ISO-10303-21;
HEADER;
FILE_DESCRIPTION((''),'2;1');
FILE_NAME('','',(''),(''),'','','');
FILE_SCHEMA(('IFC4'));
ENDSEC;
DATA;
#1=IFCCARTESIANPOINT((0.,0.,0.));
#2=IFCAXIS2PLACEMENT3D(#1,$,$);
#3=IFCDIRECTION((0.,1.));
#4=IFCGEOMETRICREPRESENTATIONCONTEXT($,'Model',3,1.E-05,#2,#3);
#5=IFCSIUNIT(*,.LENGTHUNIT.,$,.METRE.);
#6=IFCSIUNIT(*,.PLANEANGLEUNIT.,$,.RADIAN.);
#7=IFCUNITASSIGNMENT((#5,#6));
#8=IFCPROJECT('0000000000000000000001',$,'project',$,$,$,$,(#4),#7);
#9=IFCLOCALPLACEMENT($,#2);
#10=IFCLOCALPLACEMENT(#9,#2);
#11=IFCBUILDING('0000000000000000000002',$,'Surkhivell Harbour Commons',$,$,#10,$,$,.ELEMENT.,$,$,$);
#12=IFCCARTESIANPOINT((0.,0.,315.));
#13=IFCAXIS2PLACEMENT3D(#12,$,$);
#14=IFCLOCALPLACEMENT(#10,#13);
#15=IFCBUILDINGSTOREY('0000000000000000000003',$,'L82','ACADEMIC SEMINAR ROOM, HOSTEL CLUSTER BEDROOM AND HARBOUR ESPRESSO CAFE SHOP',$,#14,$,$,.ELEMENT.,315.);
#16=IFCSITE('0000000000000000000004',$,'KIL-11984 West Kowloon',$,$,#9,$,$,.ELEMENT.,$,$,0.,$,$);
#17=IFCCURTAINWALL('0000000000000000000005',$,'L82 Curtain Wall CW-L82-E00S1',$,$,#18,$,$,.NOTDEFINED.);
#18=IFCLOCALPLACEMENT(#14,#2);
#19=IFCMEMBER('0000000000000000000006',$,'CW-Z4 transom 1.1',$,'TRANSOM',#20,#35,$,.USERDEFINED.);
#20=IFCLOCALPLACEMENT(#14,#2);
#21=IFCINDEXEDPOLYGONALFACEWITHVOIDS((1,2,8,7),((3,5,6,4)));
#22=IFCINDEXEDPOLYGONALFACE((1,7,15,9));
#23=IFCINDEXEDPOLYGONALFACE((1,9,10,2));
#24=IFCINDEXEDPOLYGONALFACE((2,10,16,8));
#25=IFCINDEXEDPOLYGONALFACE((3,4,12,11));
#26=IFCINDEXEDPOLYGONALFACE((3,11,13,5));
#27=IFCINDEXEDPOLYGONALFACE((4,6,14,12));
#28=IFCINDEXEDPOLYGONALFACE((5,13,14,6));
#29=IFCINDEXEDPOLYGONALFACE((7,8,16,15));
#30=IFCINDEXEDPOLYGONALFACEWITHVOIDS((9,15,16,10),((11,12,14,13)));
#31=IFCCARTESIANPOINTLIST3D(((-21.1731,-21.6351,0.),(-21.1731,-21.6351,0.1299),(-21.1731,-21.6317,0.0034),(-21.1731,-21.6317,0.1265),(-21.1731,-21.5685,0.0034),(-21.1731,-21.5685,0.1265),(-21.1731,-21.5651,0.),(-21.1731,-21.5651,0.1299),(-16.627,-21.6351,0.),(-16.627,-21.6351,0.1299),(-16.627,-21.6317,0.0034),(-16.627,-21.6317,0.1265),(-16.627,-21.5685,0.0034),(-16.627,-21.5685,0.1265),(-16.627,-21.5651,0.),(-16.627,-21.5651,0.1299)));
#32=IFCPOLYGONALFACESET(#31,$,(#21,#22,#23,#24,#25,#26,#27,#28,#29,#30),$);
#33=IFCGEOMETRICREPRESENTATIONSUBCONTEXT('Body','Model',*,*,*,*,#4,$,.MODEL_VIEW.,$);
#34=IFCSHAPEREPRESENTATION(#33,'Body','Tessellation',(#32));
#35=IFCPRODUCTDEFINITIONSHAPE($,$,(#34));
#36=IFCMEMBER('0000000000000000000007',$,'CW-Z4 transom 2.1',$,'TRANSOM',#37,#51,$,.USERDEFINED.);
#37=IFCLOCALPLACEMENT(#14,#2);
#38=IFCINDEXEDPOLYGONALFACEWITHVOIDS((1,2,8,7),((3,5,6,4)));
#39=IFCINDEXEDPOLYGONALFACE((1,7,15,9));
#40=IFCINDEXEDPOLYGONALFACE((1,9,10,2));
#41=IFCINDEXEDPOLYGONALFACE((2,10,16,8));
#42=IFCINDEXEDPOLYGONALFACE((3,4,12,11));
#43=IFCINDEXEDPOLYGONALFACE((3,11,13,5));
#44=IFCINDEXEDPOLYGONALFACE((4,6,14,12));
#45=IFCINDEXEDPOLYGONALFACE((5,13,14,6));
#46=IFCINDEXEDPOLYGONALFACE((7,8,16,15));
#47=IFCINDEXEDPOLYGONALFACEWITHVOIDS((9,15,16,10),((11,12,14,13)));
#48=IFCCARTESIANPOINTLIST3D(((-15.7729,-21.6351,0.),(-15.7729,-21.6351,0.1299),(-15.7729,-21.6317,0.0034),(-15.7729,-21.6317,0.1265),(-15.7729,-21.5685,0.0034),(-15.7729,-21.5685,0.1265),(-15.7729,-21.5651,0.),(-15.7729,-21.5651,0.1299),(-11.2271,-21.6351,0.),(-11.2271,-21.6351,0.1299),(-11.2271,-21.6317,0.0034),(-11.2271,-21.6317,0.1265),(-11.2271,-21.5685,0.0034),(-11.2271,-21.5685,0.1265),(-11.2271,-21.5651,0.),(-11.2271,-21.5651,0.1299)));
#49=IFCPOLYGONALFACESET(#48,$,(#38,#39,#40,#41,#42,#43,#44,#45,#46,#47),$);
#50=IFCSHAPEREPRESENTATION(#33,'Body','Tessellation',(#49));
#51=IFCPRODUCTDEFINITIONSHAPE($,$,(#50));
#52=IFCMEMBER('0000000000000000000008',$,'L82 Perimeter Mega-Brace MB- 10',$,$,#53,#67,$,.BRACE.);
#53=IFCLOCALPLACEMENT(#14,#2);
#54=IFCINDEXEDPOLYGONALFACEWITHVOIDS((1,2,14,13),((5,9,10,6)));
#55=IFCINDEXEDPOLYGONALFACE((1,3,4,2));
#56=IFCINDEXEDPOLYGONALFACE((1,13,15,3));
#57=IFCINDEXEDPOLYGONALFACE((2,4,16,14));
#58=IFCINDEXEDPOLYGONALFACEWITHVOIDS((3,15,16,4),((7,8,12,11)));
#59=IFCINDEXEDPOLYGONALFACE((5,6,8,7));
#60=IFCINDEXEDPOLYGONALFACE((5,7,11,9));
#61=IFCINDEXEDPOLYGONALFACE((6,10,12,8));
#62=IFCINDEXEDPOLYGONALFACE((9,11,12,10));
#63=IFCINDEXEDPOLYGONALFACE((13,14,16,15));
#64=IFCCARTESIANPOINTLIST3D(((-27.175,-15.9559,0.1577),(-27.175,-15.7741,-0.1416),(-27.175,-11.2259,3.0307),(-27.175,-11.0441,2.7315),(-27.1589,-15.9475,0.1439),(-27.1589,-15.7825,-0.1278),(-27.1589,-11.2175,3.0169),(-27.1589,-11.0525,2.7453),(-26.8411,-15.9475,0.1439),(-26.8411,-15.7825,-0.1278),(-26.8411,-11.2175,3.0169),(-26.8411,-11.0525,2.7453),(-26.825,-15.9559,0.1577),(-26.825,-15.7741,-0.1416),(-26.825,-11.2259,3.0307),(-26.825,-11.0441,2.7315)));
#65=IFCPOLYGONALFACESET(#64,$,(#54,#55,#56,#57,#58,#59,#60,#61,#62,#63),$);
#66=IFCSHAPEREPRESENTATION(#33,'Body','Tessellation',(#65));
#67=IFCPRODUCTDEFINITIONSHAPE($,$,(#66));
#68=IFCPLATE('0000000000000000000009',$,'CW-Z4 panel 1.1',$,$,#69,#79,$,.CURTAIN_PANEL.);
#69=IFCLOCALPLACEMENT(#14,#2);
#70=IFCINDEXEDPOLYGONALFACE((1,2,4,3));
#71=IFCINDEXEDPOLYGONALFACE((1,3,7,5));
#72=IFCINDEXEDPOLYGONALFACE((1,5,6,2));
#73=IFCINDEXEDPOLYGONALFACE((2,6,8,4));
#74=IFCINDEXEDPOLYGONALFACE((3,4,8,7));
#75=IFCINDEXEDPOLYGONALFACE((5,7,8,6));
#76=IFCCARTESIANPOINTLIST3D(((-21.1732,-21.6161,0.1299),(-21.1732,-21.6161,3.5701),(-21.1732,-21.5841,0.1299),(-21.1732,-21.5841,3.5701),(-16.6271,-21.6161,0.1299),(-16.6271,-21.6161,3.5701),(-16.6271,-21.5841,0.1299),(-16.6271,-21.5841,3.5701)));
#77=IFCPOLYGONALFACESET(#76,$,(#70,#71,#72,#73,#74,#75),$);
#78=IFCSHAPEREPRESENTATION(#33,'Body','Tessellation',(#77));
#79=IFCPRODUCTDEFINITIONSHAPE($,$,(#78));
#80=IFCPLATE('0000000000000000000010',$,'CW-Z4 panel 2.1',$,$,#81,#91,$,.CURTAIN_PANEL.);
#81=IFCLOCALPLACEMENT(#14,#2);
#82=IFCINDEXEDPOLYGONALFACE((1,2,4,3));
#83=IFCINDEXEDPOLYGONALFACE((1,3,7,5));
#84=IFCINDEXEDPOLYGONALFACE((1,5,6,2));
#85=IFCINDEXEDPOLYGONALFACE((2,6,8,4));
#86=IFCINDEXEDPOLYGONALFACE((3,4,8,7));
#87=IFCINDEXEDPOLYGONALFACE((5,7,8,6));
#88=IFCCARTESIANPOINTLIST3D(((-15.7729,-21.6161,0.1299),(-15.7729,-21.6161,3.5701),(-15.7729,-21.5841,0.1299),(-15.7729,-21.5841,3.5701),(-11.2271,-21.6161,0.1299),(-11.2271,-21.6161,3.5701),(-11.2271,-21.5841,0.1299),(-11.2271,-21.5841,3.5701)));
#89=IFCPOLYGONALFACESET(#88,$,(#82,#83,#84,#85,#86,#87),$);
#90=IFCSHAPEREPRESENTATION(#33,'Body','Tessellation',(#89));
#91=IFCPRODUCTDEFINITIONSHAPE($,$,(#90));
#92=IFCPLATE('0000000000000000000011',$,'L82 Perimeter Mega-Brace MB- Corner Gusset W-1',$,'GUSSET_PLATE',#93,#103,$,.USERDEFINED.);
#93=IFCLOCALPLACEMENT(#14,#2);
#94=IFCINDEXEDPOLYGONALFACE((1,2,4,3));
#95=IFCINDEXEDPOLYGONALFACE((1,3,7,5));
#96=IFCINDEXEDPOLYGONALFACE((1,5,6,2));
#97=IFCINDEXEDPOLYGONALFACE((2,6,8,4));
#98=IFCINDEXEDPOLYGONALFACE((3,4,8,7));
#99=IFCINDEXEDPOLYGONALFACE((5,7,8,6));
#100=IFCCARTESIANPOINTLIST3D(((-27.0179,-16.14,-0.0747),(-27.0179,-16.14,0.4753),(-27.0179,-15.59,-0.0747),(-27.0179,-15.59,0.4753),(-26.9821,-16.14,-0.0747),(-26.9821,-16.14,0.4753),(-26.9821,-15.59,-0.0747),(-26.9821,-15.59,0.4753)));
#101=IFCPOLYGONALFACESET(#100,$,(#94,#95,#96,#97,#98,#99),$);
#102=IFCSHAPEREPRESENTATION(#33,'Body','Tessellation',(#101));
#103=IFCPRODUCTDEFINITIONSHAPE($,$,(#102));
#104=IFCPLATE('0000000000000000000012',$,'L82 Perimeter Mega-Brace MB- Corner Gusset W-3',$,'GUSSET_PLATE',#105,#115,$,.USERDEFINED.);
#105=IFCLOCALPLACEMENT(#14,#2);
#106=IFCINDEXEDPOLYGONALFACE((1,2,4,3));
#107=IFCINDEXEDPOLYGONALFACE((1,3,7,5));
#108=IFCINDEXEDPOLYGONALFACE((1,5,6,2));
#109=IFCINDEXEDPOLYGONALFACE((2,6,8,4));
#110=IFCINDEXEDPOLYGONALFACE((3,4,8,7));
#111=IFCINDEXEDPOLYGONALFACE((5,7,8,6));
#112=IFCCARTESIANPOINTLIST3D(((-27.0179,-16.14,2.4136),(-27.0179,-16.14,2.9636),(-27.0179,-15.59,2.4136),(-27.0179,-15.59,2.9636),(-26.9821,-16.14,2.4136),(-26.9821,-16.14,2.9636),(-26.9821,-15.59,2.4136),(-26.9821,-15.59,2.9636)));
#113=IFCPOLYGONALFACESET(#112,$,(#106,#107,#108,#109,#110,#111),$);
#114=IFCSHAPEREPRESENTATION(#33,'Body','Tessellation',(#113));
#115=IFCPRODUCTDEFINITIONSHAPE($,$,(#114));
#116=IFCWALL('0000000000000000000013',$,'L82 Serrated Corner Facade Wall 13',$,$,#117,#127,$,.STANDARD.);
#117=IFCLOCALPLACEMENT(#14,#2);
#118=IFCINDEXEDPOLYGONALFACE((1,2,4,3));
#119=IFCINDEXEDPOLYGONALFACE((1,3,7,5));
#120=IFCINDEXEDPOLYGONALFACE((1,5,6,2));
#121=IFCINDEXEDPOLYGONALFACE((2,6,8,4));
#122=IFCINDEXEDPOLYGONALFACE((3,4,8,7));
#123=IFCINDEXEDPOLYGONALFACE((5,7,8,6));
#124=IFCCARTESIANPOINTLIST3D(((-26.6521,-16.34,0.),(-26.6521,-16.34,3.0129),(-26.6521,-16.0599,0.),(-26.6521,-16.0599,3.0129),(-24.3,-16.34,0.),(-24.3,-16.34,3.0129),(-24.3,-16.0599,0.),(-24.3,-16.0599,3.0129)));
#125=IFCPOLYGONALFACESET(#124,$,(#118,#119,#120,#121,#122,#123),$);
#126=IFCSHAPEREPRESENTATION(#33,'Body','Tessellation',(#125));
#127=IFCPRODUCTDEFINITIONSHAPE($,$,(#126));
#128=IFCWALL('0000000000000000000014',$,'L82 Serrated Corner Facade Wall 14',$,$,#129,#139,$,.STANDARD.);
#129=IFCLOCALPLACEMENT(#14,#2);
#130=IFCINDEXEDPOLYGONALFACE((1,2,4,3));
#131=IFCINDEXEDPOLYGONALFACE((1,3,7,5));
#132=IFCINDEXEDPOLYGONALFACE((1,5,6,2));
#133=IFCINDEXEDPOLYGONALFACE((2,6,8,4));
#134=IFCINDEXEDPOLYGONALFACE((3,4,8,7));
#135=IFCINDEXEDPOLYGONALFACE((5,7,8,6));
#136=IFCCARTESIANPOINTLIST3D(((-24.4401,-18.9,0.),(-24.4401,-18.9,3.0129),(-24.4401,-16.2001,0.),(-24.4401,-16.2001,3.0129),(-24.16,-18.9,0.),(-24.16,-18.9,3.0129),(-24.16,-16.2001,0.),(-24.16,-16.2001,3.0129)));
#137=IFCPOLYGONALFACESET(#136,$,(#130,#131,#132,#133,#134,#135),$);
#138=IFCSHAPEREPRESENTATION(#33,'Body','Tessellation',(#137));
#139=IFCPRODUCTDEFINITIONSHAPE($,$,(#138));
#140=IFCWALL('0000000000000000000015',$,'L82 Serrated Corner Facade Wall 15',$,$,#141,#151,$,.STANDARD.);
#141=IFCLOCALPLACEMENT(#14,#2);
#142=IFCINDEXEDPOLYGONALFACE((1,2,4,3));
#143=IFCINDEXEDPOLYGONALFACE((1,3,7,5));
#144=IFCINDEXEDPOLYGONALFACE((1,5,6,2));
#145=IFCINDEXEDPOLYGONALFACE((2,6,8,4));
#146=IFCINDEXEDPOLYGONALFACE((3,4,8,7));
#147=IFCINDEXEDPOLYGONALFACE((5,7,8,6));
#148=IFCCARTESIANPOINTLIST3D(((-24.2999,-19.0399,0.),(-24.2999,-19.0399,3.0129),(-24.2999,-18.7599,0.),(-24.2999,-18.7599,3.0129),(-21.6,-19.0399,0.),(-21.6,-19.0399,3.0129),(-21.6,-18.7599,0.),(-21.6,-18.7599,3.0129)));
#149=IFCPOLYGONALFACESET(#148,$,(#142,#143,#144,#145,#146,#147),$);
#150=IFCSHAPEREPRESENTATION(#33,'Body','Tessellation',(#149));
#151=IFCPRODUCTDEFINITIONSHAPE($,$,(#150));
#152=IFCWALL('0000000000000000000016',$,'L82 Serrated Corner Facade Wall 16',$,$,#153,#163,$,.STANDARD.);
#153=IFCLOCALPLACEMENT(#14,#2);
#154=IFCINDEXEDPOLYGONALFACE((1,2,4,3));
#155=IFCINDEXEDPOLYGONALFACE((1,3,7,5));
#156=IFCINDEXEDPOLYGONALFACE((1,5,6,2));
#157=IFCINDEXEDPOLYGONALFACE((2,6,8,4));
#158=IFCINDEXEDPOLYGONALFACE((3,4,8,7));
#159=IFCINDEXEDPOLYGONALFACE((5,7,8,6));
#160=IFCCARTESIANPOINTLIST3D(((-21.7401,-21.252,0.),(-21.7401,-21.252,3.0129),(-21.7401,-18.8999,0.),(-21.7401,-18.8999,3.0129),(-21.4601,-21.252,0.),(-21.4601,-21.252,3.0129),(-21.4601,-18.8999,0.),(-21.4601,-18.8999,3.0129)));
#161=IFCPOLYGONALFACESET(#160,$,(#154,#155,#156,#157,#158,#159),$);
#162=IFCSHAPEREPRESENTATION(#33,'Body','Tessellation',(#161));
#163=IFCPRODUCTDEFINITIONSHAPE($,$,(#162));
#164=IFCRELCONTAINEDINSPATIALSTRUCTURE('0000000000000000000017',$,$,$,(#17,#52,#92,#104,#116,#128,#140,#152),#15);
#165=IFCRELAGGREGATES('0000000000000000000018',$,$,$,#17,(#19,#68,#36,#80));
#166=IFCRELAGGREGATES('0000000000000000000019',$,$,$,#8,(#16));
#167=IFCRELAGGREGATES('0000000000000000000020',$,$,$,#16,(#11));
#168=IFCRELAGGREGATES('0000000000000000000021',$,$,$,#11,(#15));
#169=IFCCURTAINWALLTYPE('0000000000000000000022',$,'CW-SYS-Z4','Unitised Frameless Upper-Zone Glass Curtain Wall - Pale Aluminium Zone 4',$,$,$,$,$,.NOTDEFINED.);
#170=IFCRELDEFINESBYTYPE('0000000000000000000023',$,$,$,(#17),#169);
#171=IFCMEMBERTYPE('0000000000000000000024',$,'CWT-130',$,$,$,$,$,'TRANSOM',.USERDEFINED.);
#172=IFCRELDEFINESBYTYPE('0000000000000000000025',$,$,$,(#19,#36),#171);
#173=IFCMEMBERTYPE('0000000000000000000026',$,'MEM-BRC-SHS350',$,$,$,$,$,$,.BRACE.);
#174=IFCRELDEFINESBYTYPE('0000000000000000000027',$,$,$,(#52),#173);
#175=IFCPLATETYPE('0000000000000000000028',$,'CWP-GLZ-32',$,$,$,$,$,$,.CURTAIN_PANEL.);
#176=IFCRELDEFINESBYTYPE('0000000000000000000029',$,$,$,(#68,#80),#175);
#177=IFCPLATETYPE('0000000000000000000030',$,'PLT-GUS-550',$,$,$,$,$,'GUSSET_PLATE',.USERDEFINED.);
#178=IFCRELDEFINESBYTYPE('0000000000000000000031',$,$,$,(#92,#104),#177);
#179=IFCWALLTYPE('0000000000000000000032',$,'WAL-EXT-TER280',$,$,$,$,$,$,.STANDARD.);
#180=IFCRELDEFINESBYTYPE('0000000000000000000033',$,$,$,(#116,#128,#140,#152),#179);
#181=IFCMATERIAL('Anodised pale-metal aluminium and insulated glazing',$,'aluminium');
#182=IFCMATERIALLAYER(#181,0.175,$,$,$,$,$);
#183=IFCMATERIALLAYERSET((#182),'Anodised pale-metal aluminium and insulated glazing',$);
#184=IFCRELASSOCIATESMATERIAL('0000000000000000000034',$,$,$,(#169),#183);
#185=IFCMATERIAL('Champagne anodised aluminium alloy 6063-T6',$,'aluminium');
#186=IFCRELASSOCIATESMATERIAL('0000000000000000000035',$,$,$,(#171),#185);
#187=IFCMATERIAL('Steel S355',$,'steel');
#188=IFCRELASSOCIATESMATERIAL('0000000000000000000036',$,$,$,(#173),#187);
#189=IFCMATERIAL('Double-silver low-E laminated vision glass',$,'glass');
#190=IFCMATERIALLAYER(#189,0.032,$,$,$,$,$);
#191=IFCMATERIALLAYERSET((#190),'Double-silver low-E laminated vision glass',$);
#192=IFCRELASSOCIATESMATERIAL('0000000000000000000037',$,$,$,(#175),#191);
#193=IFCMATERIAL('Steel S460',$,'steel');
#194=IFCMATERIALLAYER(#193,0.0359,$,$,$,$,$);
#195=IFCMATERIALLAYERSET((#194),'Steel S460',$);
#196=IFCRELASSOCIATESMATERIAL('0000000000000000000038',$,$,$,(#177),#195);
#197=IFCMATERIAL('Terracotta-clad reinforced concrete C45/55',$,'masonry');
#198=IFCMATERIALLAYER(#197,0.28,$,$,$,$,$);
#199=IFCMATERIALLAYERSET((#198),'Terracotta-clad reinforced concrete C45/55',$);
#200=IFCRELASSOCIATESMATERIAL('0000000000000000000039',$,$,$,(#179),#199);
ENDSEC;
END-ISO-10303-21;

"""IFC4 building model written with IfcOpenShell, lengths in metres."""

from ifc_helpers import new_model, si_unit, direction, frame, frame_2d, origin, origin_2d, place, context, subcontext, project, spatial, rectangle, hollow_rectangle, extrude, material, layer, layer_set, material_profile, profile_set, type_object, element, aggregate, save


model = new_model("IFC4")

# Units and contexts
model_context = context("Model", 3, precision=1e-05, world=origin(), true_north=direction((0.0, 1.0)))
body_context = subcontext(model_context, "Body", "Model", "MODEL_VIEW")
ifc_project = project(units=[si_unit("LENGTHUNIT", "METRE"), si_unit("PLANEANGLEUNIT", "RADIAN")], contexts=[model_context])

# Site, building, storey
site_placement = place(None, origin())
site = spatial("IfcSite", under=ifc_project, at=site_placement, Name="KIL-11984 West Kowloon", CompositionType="ELEMENT", RefElevation=0.0)
building_placement = place(site_placement, origin())
building = spatial("IfcBuilding", under=site, at=building_placement, Name="Surkhivell Harbour Commons", CompositionType="ELEMENT")
storey_placement = place(building_placement, frame((0.0, 0.0, 315.0)))
storey = spatial("IfcBuildingStorey", under=building, at=storey_placement, Name="L82", Description="ACADEMIC SEMINAR ROOM, HOSTEL CLUSTER BEDROOM AND HARBOUR ESPRESSO CAFE SHOP", CompositionType="ELEMENT", Elevation=315.0)

# Shared definitions
ifc_material_1 = material(Name="Steel S355", Category="steel")

# Curtain wall, members
ifc_material_2 = material(Name="Anodised pale-metal aluminium and insulated glazing", Category="aluminium")
ifc_layer_1 = layer(ifc_material_2, 0.175)
ifc_layer_set_1 = layer_set([ifc_layer_1], Name="Anodised pale-metal aluminium and insulated glazing")
curtain_wall_type = type_object("IfcCurtainWallType", Name="CW-SYS-Z4", Description="Unitised Frameless Upper-Zone Glass Curtain Wall - Pale Aluminium Zone 4", PredefinedType="NOTDEFINED", material=ifc_layer_set_1)
curtain_wall_placement = place(storey_placement, origin())
curtain_wall = element("IfcCurtainWall", 1, at=curtain_wall_placement, inside=storey, type_object=curtain_wall_type, Name="L82 Curtain Wall CW-L82-E00S1", PredefinedType="NOTDEFINED")
ifc_material_3 = material(Name="Champagne anodised aluminium alloy 6063-T6", Category="aluminium")
ifc_material_profile_1 = material_profile(ifc_material_3, hollow_rectangle(XDim=0.0701, YDim=0.1299, WallThickness=0.0034, at=origin_2d()), Name="ALU-TRAN-70x130")
ifc_profile_set_1 = profile_set([ifc_material_profile_1], Name="Champagne anodised aluminium alloy 6063-T6")
member_type_1 = type_object("IfcMemberType", Name="CWT-130", ElementType="TRANSOM", PredefinedType="USERDEFINED", material=ifc_profile_set_1)
member_1_placement = place(storey_placement, frame((-21.1731, -21.6001, 0.0649), z_axis=(1.0, 0.0, 0.0), x_axis=(0.0, 1.0, 0.0)))
member_1 = element("IfcMember", 2, at=member_1_placement, type_object=member_type_1, Name="CW-Z4 transom 1.1", ObjectType="TRANSOM", PredefinedType="USERDEFINED", context=body_context, shape_type="SweptSolid", body=[
    extrude(hollow_rectangle(XDim=0.0701, YDim=0.1299, WallThickness=0.0034, at=origin_2d()), origin(), (0.0, 0.0, 1.0), 4.5461),
])
member_2_placement = place(storey_placement, frame((-15.7729, -21.6001, 0.0649), z_axis=(1.0, 0.0, 0.0), x_axis=(0.0, 1.0, 0.0)))
member_2 = element("IfcMember", 3, at=member_2_placement, type_object=member_type_1, Name="CW-Z4 transom 2.1", ObjectType="TRANSOM", PredefinedType="USERDEFINED", context=body_context, shape_type="SweptSolid", body=[
    extrude(hollow_rectangle(XDim=0.0701, YDim=0.1299, WallThickness=0.0034, at=origin_2d()), origin(), (0.0, 0.0, 1.0), 4.5459),
])

# Member
ifc_material_profile_2 = material_profile(ifc_material_1, hollow_rectangle(XDim=0.3501, YDim=0.3501, WallThickness=0.0161, at=origin_2d()), Name="SHS350x350x16")
ifc_profile_set_2 = profile_set([ifc_material_profile_2], Name="Steel S355")
member_type_2 = type_object("IfcMemberType", Name="MEM-BRC-SHS350", PredefinedType="BRACE", material=ifc_profile_set_2)
member_3_placement = place(storey_placement, frame((-27.0, -15.865, 0.0081), z_axis=(0.0, 0.854685, 0.519146), x_axis=(-1.0, 0.0, 0.0)))
element("IfcMember", 4, at=member_3_placement, inside=storey, type_object=member_type_2, Name="L82 Perimeter Mega-Brace MB- 10", PredefinedType="BRACE", context=body_context, shape_type="SweptSolid", body=[
    extrude(hollow_rectangle(XDim=0.3501, YDim=0.3501, WallThickness=0.0161, at=origin_2d()), origin(), (0.0, 0.0, 1.0), 5.5342),
])

# Plates
ifc_material_4 = material(Name="Double-silver low-E laminated vision glass", Category="glass")
ifc_layer_2 = layer(ifc_material_4, 0.032)
ifc_layer_set_2 = layer_set([ifc_layer_2], Name="Double-silver low-E laminated vision glass")
plate_type_1 = type_object("IfcPlateType", Name="CWP-GLZ-32", PredefinedType="CURTAIN_PANEL", material=ifc_layer_set_2)
plate_1_placement = place(storey_placement, frame((-21.1731, -21.6001, 0.1299), z_axis=(0.0, 0.0, 1.0), x_axis=(1.0, 0.0, 0.0)))
plate_1 = element("IfcPlate", 5, at=plate_1_placement, type_object=plate_type_1, Name="CW-Z4 panel 1.1", PredefinedType="CURTAIN_PANEL", context=body_context, shape_type="SweptSolid", body=[
    extrude(rectangle(XDim=4.5461, YDim=0.032, at=frame_2d((2.2729, 0.0))), origin(), (0.0, 0.0, 1.0), 3.4402),
])
plate_2_placement = place(storey_placement, frame((-15.7729, -21.6001, 0.1299), z_axis=(0.0, 0.0, 1.0), x_axis=(1.0, 0.0, 0.0)))
plate_2 = element("IfcPlate", 6, at=plate_2_placement, type_object=plate_type_1, Name="CW-Z4 panel 2.1", PredefinedType="CURTAIN_PANEL", context=body_context, shape_type="SweptSolid", body=[
    extrude(rectangle(XDim=4.5459, YDim=0.032, at=frame_2d((2.2729, 0.0))), origin(), (0.0, 0.0, 1.0), 3.4402),
])
aggregate(curtain_wall, [member_1, plate_1, member_2, plate_2])

# Plates
ifc_material_5 = material(Name="Steel S460", Category="steel")
ifc_layer_3 = layer(ifc_material_5, 0.0359)
ifc_layer_set_3 = layer_set([ifc_layer_3], Name="Steel S460")
plate_type_2 = type_object("IfcPlateType", Name="PLT-GUS-550", ElementType="GUSSET_PLATE", PredefinedType="USERDEFINED", material=ifc_layer_set_3)
for number, where, z_axis, x_axis, name in (
    (7, (-27.0, -15.865, -0.0747), (0.0, 0.0, 1.0), (0.0, 1.0, 0.0), "L82 Perimeter Mega-Brace MB- Corner Gusset W-1"),
    (8, (-27.0, -15.865, 2.4136), (0.0, 0.0, 1.0), (0.0, 1.0, 0.0), "L82 Perimeter Mega-Brace MB- Corner Gusset W-3"),
):
    element("IfcPlate", number, at=place(storey_placement, frame(where, z_axis=z_axis, x_axis=x_axis)), inside=storey, type_object=plate_type_2, Name=name, ObjectType="GUSSET_PLATE", PredefinedType="USERDEFINED", context=body_context, shape_type="SweptSolid", body=[
        extrude(rectangle(XDim=0.55, YDim=0.0359, at=origin_2d()), origin(), (0.0, 0.0, 1.0), 0.55),
    ])

# Walls
ifc_material_6 = material(Name="Terracotta-clad reinforced concrete C45/55", Category="masonry")
ifc_layer_4 = layer(ifc_material_6, 0.28)
ifc_layer_set_4 = layer_set([ifc_layer_4], Name="Terracotta-clad reinforced concrete C45/55")
wall_type = type_object("IfcWallType", Name="WAL-EXT-TER280", PredefinedType="STANDARD", material=ifc_layer_set_4)
wall_1_placement = place(storey_placement, frame((-26.6521, -16.2, 0.0), z_axis=(0.0, 0.0, 1.0), x_axis=(1.0, 0.0, 0.0)))
element("IfcWall", 9, at=wall_1_placement, inside=storey, type_object=wall_type, Name="L82 Serrated Corner Facade Wall 13", PredefinedType="STANDARD", context=body_context, shape_type="SweptSolid", body=[
    extrude(rectangle(XDim=2.3521, YDim=0.28, at=frame_2d((1.176, 0.0))), origin(), (0.0, 0.0, 1.0), 3.0129),
])
for number, where, z_axis, x_axis, name in (
    (10, (-24.3, -16.2, 0.0), (0.0, 0.0, 1.0), (0.0, -1.0, 0.0), "L82 Serrated Corner Facade Wall 14"),
    (11, (-24.3, -18.8999, 0.0), (0.0, 0.0, 1.0), (1.0, 0.0, 0.0), "L82 Serrated Corner Facade Wall 15"),
):
    element("IfcWall", number, at=place(storey_placement, frame(where, z_axis=z_axis, x_axis=x_axis)), inside=storey, type_object=wall_type, Name=name, PredefinedType="STANDARD", context=body_context, shape_type="SweptSolid", body=[
        extrude(rectangle(XDim=2.7, YDim=0.28, at=frame_2d((1.3501, 0.0))), origin(), (0.0, 0.0, 1.0), 3.0129),
    ])
wall_2_placement = place(storey_placement, frame((-21.6001, -18.8999, 0.0), z_axis=(0.0, 0.0, 1.0), x_axis=(0.0, -1.0, 0.0)))
element("IfcWall", 12, at=wall_2_placement, inside=storey, type_object=wall_type, Name="L82 Serrated Corner Facade Wall 16", PredefinedType="STANDARD", context=body_context, shape_type="SweptSolid", body=[
    extrude(rectangle(XDim=2.3521, YDim=0.28, at=frame_2d((1.176, 0.0))), origin(), (0.0, 0.0, 1.0), 3.0129),
])

save(model, "model.ifc")
